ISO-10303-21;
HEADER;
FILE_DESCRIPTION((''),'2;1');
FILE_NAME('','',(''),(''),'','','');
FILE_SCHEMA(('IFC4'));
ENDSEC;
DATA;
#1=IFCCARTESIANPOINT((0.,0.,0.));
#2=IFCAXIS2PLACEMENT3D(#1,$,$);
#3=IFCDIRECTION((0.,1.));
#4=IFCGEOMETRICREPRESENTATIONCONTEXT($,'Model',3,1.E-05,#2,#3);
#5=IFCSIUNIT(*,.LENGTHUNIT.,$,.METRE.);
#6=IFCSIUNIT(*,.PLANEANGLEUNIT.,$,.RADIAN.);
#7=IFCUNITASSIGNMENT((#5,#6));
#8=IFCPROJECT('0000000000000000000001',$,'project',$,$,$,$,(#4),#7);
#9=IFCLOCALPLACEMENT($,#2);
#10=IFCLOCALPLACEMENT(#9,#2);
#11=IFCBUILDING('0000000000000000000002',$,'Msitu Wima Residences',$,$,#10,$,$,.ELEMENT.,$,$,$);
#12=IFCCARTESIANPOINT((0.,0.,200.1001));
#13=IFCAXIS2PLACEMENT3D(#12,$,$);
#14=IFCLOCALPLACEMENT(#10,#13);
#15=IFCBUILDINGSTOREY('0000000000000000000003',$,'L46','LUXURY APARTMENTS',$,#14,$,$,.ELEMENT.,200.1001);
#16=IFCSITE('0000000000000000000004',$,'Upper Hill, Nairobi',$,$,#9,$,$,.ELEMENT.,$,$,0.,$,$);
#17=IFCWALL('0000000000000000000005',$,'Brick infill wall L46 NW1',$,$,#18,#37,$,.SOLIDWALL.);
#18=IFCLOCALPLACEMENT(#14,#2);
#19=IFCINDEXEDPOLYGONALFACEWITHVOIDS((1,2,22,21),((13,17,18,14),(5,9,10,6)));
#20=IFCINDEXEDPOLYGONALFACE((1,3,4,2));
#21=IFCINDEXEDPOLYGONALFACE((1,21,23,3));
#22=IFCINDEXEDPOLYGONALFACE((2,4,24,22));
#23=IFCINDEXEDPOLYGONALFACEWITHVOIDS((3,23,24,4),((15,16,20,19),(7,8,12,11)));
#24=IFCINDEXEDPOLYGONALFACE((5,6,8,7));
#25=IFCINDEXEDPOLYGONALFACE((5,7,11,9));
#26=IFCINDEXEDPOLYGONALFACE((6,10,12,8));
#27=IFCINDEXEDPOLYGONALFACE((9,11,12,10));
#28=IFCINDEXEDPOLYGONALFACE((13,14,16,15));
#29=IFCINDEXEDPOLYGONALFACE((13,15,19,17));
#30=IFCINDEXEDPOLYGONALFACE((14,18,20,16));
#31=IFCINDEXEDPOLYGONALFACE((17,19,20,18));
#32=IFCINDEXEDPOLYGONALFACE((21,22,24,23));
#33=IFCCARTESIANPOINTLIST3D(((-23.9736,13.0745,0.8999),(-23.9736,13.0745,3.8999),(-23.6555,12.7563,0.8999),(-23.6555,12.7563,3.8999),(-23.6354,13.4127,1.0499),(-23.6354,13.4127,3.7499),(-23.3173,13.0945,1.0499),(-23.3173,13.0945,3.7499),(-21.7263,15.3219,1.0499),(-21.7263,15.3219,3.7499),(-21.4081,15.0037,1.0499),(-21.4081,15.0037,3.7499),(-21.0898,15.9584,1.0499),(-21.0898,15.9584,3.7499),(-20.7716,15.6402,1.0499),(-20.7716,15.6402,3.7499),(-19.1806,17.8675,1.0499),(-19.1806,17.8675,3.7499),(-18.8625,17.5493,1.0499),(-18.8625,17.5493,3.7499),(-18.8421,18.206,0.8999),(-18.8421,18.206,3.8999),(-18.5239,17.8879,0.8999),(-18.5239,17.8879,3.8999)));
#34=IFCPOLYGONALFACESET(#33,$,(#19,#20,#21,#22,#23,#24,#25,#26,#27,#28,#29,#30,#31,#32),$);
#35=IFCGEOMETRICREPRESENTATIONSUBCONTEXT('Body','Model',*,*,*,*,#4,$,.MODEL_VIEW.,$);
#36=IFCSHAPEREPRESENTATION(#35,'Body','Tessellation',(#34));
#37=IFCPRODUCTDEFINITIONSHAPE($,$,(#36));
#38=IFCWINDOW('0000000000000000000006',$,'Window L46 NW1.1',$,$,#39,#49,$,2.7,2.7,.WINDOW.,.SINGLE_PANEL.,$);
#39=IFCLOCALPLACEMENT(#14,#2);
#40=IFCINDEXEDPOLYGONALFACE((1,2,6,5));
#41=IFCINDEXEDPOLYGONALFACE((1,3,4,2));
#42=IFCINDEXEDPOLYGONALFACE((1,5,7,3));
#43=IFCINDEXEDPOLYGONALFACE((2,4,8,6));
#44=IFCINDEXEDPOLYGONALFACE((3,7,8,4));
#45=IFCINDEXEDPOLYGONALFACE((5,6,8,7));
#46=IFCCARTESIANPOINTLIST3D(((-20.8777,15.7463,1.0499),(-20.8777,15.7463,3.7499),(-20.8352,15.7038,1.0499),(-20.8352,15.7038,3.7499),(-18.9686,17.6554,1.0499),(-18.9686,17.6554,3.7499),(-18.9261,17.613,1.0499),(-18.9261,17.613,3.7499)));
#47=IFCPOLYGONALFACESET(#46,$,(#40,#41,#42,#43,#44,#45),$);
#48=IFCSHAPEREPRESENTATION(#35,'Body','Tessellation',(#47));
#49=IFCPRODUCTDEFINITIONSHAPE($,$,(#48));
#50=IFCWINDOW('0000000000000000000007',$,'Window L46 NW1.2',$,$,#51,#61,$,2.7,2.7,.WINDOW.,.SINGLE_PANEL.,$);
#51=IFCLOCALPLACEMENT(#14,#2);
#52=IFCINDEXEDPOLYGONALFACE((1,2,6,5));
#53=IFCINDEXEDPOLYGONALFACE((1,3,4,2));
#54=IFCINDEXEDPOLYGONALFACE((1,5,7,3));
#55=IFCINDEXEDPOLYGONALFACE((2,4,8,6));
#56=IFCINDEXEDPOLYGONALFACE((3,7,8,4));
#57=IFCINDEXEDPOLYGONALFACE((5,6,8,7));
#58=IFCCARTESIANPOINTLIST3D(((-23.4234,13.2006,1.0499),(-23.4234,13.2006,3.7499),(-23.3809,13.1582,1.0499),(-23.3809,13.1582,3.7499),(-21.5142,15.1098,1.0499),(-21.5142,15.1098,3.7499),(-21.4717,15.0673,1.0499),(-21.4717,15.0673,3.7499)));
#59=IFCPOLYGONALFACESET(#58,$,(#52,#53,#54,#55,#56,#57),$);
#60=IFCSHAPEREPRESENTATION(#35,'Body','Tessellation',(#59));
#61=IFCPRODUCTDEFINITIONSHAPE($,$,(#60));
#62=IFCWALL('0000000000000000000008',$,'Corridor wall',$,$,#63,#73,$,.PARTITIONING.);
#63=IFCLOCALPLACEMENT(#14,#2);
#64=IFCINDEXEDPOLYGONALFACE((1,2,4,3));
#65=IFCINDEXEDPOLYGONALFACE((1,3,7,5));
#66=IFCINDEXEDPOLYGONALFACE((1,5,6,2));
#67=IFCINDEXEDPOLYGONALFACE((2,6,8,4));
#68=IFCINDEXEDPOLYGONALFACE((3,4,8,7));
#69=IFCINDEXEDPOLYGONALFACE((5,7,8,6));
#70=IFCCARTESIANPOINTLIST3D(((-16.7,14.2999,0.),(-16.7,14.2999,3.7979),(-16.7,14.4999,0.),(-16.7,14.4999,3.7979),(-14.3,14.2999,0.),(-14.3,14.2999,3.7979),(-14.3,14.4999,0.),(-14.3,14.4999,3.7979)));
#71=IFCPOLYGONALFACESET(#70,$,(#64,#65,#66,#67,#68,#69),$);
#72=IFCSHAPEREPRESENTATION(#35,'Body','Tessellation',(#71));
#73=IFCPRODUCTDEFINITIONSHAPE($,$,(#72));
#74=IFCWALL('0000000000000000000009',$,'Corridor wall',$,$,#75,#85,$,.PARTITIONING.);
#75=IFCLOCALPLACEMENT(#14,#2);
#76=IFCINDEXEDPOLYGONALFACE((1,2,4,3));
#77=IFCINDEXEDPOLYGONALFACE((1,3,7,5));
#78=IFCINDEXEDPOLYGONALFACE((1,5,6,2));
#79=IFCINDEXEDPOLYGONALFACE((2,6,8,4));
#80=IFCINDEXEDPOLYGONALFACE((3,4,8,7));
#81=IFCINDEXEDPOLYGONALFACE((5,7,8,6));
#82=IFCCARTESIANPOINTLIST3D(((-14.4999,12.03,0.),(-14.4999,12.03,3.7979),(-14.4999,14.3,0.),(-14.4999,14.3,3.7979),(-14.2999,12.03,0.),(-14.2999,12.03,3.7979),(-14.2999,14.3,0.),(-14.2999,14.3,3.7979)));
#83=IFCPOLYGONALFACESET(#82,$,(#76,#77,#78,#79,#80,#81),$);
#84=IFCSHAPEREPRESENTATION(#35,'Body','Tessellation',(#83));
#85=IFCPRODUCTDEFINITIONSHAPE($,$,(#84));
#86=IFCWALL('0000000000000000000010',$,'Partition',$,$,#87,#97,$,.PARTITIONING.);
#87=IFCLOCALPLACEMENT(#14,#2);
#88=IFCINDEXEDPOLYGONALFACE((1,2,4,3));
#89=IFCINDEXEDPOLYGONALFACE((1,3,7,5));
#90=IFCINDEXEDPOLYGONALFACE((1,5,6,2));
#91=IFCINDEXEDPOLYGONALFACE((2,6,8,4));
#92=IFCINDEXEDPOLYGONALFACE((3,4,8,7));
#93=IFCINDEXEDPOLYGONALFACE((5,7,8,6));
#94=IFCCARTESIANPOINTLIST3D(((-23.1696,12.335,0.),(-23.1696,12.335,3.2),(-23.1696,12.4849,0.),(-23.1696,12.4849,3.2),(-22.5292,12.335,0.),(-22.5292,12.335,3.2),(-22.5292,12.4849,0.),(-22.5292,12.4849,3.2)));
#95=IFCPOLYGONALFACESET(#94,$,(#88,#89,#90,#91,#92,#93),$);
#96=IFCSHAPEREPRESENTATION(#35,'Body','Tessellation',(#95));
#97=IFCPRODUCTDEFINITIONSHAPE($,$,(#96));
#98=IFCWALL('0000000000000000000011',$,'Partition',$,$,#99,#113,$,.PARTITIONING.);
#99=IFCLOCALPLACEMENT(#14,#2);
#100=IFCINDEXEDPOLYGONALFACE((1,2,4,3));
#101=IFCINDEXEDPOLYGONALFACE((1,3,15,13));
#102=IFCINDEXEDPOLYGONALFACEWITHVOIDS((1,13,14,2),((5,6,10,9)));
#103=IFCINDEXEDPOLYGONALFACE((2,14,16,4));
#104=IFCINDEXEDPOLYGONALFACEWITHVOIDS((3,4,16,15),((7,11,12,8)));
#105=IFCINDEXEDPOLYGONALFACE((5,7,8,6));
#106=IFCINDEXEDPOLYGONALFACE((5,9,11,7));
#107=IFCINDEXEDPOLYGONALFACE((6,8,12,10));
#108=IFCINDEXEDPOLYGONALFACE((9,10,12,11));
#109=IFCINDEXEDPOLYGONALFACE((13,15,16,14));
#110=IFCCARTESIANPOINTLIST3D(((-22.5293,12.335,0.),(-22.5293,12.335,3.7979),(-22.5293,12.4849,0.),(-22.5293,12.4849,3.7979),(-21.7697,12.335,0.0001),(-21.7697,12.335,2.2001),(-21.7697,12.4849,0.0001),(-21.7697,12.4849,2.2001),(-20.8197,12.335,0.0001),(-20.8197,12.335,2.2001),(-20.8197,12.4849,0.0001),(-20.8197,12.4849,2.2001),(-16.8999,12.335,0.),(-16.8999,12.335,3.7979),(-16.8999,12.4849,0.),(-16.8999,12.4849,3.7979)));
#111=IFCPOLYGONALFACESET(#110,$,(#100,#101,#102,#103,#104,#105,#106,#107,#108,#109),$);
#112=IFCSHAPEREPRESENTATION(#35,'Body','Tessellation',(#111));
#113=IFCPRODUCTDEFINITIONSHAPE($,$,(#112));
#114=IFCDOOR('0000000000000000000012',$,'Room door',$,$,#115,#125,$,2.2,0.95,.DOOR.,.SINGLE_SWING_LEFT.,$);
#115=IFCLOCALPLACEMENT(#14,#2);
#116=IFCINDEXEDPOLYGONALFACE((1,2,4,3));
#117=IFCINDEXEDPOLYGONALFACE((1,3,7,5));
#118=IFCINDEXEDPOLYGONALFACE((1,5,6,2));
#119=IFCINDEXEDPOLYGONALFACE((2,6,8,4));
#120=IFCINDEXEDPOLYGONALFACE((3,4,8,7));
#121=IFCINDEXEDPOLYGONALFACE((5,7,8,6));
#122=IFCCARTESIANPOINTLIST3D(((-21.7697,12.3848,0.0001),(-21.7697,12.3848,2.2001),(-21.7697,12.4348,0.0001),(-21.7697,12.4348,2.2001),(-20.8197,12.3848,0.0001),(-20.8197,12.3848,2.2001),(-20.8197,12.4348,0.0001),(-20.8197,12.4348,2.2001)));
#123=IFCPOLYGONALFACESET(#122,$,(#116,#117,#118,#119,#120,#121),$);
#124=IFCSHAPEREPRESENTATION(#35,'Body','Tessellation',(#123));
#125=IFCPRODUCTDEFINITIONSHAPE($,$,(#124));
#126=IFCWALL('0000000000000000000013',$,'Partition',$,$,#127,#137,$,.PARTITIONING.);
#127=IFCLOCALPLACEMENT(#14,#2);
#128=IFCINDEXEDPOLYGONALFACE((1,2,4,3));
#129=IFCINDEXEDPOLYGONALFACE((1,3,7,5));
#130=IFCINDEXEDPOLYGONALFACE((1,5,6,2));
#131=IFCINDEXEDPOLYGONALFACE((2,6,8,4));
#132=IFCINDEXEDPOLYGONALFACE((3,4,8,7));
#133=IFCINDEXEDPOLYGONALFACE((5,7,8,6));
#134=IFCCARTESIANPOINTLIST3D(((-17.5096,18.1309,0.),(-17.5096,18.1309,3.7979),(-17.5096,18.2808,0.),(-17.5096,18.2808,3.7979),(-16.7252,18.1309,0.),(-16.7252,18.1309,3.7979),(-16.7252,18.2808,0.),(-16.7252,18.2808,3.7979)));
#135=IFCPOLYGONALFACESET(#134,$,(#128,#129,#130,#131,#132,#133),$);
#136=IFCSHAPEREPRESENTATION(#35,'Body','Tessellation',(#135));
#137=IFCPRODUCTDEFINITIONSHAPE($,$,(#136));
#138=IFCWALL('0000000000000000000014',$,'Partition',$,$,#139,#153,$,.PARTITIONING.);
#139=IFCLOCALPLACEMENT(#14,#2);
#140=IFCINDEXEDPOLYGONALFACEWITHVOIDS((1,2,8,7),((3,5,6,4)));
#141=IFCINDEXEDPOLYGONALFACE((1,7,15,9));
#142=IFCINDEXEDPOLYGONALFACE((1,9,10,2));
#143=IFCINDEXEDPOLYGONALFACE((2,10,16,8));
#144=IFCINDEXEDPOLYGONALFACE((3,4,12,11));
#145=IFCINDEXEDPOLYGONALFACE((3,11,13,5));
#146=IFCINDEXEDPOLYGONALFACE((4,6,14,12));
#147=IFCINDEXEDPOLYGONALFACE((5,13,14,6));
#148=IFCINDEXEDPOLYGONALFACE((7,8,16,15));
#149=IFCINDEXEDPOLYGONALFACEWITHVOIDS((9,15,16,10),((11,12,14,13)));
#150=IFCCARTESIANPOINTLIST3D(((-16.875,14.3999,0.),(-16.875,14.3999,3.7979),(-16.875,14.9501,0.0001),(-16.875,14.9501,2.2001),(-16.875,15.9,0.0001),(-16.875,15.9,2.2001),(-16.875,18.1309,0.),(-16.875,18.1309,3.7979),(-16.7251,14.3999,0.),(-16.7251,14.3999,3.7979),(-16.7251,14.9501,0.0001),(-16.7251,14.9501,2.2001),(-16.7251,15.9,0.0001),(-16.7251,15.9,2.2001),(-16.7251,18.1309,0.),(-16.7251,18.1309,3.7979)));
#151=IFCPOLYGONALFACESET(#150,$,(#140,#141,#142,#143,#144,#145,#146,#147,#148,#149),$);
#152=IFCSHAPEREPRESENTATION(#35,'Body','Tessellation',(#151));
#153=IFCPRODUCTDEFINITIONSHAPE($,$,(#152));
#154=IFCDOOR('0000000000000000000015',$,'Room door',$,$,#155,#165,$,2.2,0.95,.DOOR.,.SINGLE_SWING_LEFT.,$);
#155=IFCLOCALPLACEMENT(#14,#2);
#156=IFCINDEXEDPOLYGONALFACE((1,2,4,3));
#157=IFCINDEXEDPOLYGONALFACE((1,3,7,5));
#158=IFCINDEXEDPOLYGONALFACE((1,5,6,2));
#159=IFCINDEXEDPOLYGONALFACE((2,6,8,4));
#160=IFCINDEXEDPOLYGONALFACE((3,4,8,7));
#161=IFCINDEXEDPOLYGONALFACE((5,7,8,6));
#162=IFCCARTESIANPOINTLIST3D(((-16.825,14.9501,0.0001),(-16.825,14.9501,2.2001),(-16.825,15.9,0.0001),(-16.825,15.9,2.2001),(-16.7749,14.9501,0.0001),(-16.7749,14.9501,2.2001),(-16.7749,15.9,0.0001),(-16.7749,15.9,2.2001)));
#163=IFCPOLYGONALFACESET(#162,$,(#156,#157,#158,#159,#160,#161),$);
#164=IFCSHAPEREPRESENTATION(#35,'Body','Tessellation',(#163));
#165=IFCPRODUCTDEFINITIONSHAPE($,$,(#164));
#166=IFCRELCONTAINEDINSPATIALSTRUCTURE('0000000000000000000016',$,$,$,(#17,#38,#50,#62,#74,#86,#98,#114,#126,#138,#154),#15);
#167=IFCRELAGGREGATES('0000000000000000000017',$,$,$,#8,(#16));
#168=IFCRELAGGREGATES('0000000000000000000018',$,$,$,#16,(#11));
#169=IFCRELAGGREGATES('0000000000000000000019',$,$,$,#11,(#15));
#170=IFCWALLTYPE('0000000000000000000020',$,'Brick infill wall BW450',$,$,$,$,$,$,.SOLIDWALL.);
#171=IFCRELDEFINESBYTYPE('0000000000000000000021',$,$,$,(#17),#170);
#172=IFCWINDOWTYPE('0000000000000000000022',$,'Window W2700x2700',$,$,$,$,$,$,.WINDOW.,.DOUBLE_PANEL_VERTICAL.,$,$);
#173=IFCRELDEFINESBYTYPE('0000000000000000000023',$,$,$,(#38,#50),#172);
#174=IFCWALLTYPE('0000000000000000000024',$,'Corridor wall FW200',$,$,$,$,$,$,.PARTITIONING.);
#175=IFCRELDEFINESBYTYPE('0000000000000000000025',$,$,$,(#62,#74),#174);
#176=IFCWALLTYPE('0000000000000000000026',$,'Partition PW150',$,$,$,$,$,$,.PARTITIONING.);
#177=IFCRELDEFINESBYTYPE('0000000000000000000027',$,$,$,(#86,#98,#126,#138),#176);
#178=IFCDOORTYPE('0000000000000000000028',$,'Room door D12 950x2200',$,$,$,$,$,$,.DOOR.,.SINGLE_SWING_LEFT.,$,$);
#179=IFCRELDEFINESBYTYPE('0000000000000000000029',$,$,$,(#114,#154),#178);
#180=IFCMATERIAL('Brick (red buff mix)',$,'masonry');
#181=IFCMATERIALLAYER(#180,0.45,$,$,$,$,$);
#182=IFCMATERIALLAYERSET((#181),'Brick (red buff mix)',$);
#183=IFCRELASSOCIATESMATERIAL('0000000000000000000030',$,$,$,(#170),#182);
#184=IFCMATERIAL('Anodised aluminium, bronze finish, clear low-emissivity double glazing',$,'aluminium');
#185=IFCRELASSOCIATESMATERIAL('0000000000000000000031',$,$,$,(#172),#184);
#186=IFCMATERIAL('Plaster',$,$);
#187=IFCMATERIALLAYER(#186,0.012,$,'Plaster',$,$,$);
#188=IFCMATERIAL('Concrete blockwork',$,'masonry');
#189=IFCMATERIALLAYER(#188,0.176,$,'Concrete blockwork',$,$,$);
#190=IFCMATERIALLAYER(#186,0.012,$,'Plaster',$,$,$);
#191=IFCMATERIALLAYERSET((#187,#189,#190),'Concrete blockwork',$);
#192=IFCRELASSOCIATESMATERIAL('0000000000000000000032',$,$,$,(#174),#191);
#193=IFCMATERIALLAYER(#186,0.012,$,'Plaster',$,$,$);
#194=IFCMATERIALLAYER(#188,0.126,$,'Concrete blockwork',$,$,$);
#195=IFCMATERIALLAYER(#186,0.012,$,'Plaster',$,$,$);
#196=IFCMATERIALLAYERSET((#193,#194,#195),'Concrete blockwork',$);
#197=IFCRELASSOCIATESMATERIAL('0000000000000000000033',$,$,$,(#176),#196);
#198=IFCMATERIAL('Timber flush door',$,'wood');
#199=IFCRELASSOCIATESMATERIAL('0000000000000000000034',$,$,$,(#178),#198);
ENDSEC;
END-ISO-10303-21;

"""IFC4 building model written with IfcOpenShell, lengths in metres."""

from ifc_helpers import new_model, si_unit, direction, frame, frame_2d, origin, place, context, subcontext, project, spatial, rectangle, extrude, material, layer, layer_set, type_object, element, fill, save


model = new_model("IFC4")

# Units and contexts
model_context = context("Model", 3, precision=1e-05, world=origin(), true_north=direction((0.0, 1.0)))
body_context = subcontext(model_context, "Body", "Model", "MODEL_VIEW")
ifc_project = project(units=[si_unit("LENGTHUNIT", "METRE"), si_unit("PLANEANGLEUNIT", "RADIAN")], contexts=[model_context])

# Site, building, storey
site_placement = place(None, origin())
site = spatial("IfcSite", under=ifc_project, at=site_placement, Name="Upper Hill, Nairobi", CompositionType="ELEMENT", RefElevation=0.0)
building_placement = place(site_placement, origin())
building = spatial("IfcBuilding", under=site, at=building_placement, Name="Msitu Wima Residences", CompositionType="ELEMENT")
storey_placement = place(building_placement, frame((0.0, 0.0, 200.1001)))
storey = spatial("IfcBuildingStorey", under=building, at=storey_placement, Name="L46", Description="LUXURY APARTMENTS", CompositionType="ELEMENT", Elevation=200.1001)

# Wall, openings, windows
ifc_material_1 = material(Name="Brick (red buff mix)", Category="masonry")
ifc_layer_1 = layer(ifc_material_1, 0.45)
ifc_layer_set_1 = layer_set([ifc_layer_1], Name="Brick (red buff mix)")
wall_type_1 = type_object("IfcWallType", Name="Brick infill wall BW450", PredefinedType="SOLIDWALL", material=ifc_layer_set_1)
wall_1_placement = place(storey_placement, frame((-18.6831, 18.0469, 0.8999), z_axis=(0.0, 0.0, 1.0), x_axis=(-0.707107, -0.707107, 0.0)))
wall_1 = element("IfcWall", 1, at=wall_1_placement, inside=storey, type_object=wall_type_1, Name="Brick infill wall L46 NW1", PredefinedType="SOLIDWALL", context=body_context, shape_type="SweptSolid", body=[
    extrude(rectangle(XDim=7.2571, YDim=0.45, at=frame_2d((3.6284, 0.0))), origin(), (0.0, 0.0, 1.0), 3.0),
])
opening_1_placement = place(wall_1_placement, frame((0.4785, 0.0, 0.1499)))
opening_1 = element("IfcOpeningElement", 2, at=opening_1_placement, cuts=wall_1, PredefinedType="OPENING", context=body_context, shape_type="SweptSolid", body=[
    extrude(rectangle(XDim=2.7, YDim=2.7, at=frame_2d((1.3501, 1.3501))), frame((0.0, 0.2349, 0.0), z_axis=(0.0, -1.0, 0.0), x_axis=(1.0, 0.0, 0.0)), (0.0, 0.0, 1.0), 0.47),
])
opening_2_placement = place(wall_1_placement, frame((4.0786, 0.0, 0.1499)))
opening_2 = element("IfcOpeningElement", 3, at=opening_2_placement, cuts=wall_1, PredefinedType="OPENING", context=body_context, shape_type="SweptSolid", body=[
    extrude(rectangle(XDim=2.7, YDim=2.7, at=frame_2d((1.3501, 1.3501))), frame((0.0, 0.2349, 0.0), z_axis=(0.0, -1.0, 0.0), x_axis=(1.0, 0.0, 0.0)), (0.0, 0.0, 1.0), 0.47),
])
ifc_material_2 = material(Name="Anodised aluminium, bronze finish, clear low-emissivity double glazing", Category="aluminium")
window_type = type_object("IfcWindowType", Name="Window W2700x2700", PartitioningType="DOUBLE_PANEL_VERTICAL", PredefinedType="WINDOW", material=ifc_material_2)
window_1_placement = place(opening_1_placement, origin())
window_1 = element("IfcWindow", 4, at=window_1_placement, inside=storey, type_object=window_type, Name="Window L46 NW1.1", OverallHeight=2.7, OverallWidth=2.7, PartitioningType="SINGLE_PANEL", PredefinedType="WINDOW", context=body_context, shape_type="SweptSolid", body=[
    extrude(rectangle(XDim=2.7, YDim=2.7, at=frame_2d((1.3501, 1.3501))), frame((0.0, 0.135, 0.0), z_axis=(0.0, -1.0, 0.0), x_axis=(1.0, 0.0, 0.0)), (0.0, 0.0, 1.0), 0.0601),
])
fill(opening_1, window_1)
window_2_placement = place(opening_2_placement, origin())
window_2 = element("IfcWindow", 5, at=window_2_placement, inside=storey, type_object=window_type, Name="Window L46 NW1.2", OverallHeight=2.7, OverallWidth=2.7, PartitioningType="SINGLE_PANEL", PredefinedType="WINDOW", context=body_context, shape_type="SweptSolid", body=[
    extrude(rectangle(XDim=2.7, YDim=2.7, at=frame_2d((1.3501, 1.3501))), frame((0.0, 0.135, 0.0), z_axis=(0.0, -1.0, 0.0), x_axis=(1.0, 0.0, 0.0)), (0.0, 0.0, 1.0), 0.0601),
])
fill(opening_2, window_2)

# Walls
ifc_material_3 = material(Name="Plaster")
ifc_layer_2 = layer(ifc_material_3, 0.012, Name="Plaster")
ifc_material_4 = material(Name="Concrete blockwork", Category="masonry")
ifc_layer_3 = layer(ifc_material_4, 0.176, Name="Concrete blockwork")
ifc_layer_4 = layer(ifc_material_3, 0.012, Name="Plaster")
ifc_layer_set_2 = layer_set([ifc_layer_2, ifc_layer_3, ifc_layer_4], Name="Concrete blockwork")
wall_type_2 = type_object("IfcWallType", Name="Corridor wall FW200", PredefinedType="PARTITIONING", material=ifc_layer_set_2)
wall_2_placement = place(storey_placement, frame((-16.7, 14.3999, 0.0), z_axis=(0.0, 0.0, 1.0), x_axis=(1.0, 0.0, 0.0)))
element("IfcWall", 6, at=wall_2_placement, inside=storey, type_object=wall_type_2, Name="Corridor wall", PredefinedType="PARTITIONING", context=body_context, shape_type="SweptSolid", body=[
    extrude(rectangle(XDim=2.3999, YDim=0.2, at=frame_2d((1.2, 0.0))), origin(), (0.0, 0.0, 1.0), 3.7979),
])
wall_3_placement = place(storey_placement, frame((-14.3999, 12.03, 0.0), z_axis=(0.0, 0.0, 1.0), x_axis=(0.0, 1.0, 0.0)))
element("IfcWall", 7, at=wall_3_placement, inside=storey, type_object=wall_type_2, Name="Corridor wall", PredefinedType="PARTITIONING", context=body_context, shape_type="SweptSolid", body=[
    extrude(rectangle(XDim=2.27, YDim=0.2, at=frame_2d((1.135, 0.0))), origin(), (0.0, 0.0, 1.0), 3.7979),
])
ifc_layer_5 = layer(ifc_material_3, 0.012, Name="Plaster")
ifc_layer_6 = layer(ifc_material_4, 0.126, Name="Concrete blockwork")
ifc_layer_7 = layer(ifc_material_3, 0.012, Name="Plaster")
ifc_layer_set_3 = layer_set([ifc_layer_5, ifc_layer_6, ifc_layer_7], Name="Concrete blockwork")
wall_type_3 = type_object("IfcWallType", Name="Partition PW150", PredefinedType="PARTITIONING", material=ifc_layer_set_3)
wall_4_placement = place(storey_placement, frame((-23.1697, 12.4099, 0.0), z_axis=(0.0, 0.0, 1.0), x_axis=(1.0, 0.0, 0.0)))
element("IfcWall", 8, at=wall_4_placement, inside=storey, type_object=wall_type_3, Name="Partition", PredefinedType="PARTITIONING", context=body_context, shape_type="SweptSolid", body=[
    extrude(rectangle(XDim=0.6404, YDim=0.1499, at=frame_2d((0.3203, 0.0))), origin(), (0.0, 0.0, 1.0), 3.2),
])

# Wall, opening, door
wall_5_placement = place(storey_placement, frame((-22.5293, 12.4099, 0.0), z_axis=(0.0, 0.0, 1.0), x_axis=(1.0, 0.0, 0.0)))
wall_5 = element("IfcWall", 9, at=wall_5_placement, inside=storey, type_object=wall_type_3, Name="Partition", PredefinedType="PARTITIONING", context=body_context, shape_type="SweptSolid", body=[
    extrude(rectangle(XDim=5.6294, YDim=0.1499, at=frame_2d((2.8147, 0.0))), origin(), (0.0, 0.0, 1.0), 3.7979),
])
opening_3_placement = place(wall_5_placement, frame((0.7595, 0.0, 0.0)))
opening_3 = element("IfcOpeningElement", 10, at=opening_3_placement, cuts=wall_5, PredefinedType="OPENING", context=body_context, shape_type="SweptSolid", body=[
    extrude(rectangle(XDim=0.95, YDim=2.2, at=frame_2d((0.4751, 1.1001))), frame((0.0, 0.085, 0.0), z_axis=(0.0, -1.0, 0.0), x_axis=(1.0, 0.0, 0.0)), (0.0, 0.0, 1.0), 0.1699),
])
ifc_material_5 = material(Name="Timber flush door", Category="wood")
door_type_1 = type_object("IfcDoorType", Name="Room door D12 950x2200", OperationType="SINGLE_SWING_LEFT", PredefinedType="DOOR", material=ifc_material_5)
door_1_placement = place(opening_3_placement, origin())
door_1 = element("IfcDoor", 11, at=door_1_placement, inside=storey, type_object=door_type_1, Name="Room door", OperationType="SINGLE_SWING_LEFT", OverallHeight=2.2, OverallWidth=0.95, PredefinedType="DOOR", context=body_context, shape_type="SweptSolid", body=[
    extrude(rectangle(XDim=0.95, YDim=2.2, at=frame_2d((0.4751, 1.1001))), frame((0.0, 0.0249, 0.0), z_axis=(0.0, -1.0, 0.0), x_axis=(1.0, 0.0, 0.0)), (0.0, 0.0, 1.0), 0.05),
])
fill(opening_3, door_1)

# Wall
wall_6_placement = place(storey_placement, frame((-17.5095, 18.2058, 0.0), z_axis=(0.0, 0.0, 1.0), x_axis=(1.0, 0.0, 0.0)))
element("IfcWall", 12, at=wall_6_placement, inside=storey, type_object=wall_type_3, Name="Partition", PredefinedType="PARTITIONING", context=body_context, shape_type="SweptSolid", body=[
    extrude(rectangle(XDim=0.7844, YDim=0.1499, at=frame_2d((0.3921, 0.0))), origin(), (0.0, 0.0, 1.0), 3.7979),
])

# Wall, opening, door
wall_7_placement = place(storey_placement, frame((-16.8, 14.3999, 0.0), z_axis=(0.0, 0.0, 1.0), x_axis=(0.0, 1.0, 0.0)))
wall_7 = element("IfcWall", 13, at=wall_7_placement, inside=storey, type_object=wall_type_3, Name="Partition", PredefinedType="PARTITIONING", context=body_context, shape_type="SweptSolid", body=[
    extrude(rectangle(XDim=3.731, YDim=0.1499, at=frame_2d((1.8655, 0.0))), origin(), (0.0, 0.0, 1.0), 3.7979),
])
opening_4_placement = place(wall_7_placement, frame((0.55, 0.0, 0.0)))
opening_4 = element("IfcOpeningElement", 14, at=opening_4_placement, cuts=wall_7, PredefinedType="OPENING", context=body_context, shape_type="SweptSolid", body=[
    extrude(rectangle(XDim=0.95, YDim=2.2, at=frame_2d((0.4751, 1.1001))), frame((0.0, 0.085, 0.0), z_axis=(0.0, -1.0, 0.0), x_axis=(1.0, 0.0, 0.0)), (0.0, 0.0, 1.0), 0.1699),
])
door_2_placement = place(opening_4_placement, origin())
door_2 = element("IfcDoor", 15, at=door_2_placement, inside=storey, type_object=door_type_1, Name="Room door", OperationType="SINGLE_SWING_LEFT", OverallHeight=2.2, OverallWidth=0.95, PredefinedType="DOOR", context=body_context, shape_type="SweptSolid", body=[
    extrude(rectangle(XDim=0.95, YDim=2.2, at=frame_2d((0.4751, 1.1001))), frame((0.0, 0.0249, 0.0), z_axis=(0.0, -1.0, 0.0), x_axis=(1.0, 0.0, 0.0)), (0.0, 0.0, 1.0), 0.05),
])
fill(opening_4, door_2)

save(model, "model.ifc")
